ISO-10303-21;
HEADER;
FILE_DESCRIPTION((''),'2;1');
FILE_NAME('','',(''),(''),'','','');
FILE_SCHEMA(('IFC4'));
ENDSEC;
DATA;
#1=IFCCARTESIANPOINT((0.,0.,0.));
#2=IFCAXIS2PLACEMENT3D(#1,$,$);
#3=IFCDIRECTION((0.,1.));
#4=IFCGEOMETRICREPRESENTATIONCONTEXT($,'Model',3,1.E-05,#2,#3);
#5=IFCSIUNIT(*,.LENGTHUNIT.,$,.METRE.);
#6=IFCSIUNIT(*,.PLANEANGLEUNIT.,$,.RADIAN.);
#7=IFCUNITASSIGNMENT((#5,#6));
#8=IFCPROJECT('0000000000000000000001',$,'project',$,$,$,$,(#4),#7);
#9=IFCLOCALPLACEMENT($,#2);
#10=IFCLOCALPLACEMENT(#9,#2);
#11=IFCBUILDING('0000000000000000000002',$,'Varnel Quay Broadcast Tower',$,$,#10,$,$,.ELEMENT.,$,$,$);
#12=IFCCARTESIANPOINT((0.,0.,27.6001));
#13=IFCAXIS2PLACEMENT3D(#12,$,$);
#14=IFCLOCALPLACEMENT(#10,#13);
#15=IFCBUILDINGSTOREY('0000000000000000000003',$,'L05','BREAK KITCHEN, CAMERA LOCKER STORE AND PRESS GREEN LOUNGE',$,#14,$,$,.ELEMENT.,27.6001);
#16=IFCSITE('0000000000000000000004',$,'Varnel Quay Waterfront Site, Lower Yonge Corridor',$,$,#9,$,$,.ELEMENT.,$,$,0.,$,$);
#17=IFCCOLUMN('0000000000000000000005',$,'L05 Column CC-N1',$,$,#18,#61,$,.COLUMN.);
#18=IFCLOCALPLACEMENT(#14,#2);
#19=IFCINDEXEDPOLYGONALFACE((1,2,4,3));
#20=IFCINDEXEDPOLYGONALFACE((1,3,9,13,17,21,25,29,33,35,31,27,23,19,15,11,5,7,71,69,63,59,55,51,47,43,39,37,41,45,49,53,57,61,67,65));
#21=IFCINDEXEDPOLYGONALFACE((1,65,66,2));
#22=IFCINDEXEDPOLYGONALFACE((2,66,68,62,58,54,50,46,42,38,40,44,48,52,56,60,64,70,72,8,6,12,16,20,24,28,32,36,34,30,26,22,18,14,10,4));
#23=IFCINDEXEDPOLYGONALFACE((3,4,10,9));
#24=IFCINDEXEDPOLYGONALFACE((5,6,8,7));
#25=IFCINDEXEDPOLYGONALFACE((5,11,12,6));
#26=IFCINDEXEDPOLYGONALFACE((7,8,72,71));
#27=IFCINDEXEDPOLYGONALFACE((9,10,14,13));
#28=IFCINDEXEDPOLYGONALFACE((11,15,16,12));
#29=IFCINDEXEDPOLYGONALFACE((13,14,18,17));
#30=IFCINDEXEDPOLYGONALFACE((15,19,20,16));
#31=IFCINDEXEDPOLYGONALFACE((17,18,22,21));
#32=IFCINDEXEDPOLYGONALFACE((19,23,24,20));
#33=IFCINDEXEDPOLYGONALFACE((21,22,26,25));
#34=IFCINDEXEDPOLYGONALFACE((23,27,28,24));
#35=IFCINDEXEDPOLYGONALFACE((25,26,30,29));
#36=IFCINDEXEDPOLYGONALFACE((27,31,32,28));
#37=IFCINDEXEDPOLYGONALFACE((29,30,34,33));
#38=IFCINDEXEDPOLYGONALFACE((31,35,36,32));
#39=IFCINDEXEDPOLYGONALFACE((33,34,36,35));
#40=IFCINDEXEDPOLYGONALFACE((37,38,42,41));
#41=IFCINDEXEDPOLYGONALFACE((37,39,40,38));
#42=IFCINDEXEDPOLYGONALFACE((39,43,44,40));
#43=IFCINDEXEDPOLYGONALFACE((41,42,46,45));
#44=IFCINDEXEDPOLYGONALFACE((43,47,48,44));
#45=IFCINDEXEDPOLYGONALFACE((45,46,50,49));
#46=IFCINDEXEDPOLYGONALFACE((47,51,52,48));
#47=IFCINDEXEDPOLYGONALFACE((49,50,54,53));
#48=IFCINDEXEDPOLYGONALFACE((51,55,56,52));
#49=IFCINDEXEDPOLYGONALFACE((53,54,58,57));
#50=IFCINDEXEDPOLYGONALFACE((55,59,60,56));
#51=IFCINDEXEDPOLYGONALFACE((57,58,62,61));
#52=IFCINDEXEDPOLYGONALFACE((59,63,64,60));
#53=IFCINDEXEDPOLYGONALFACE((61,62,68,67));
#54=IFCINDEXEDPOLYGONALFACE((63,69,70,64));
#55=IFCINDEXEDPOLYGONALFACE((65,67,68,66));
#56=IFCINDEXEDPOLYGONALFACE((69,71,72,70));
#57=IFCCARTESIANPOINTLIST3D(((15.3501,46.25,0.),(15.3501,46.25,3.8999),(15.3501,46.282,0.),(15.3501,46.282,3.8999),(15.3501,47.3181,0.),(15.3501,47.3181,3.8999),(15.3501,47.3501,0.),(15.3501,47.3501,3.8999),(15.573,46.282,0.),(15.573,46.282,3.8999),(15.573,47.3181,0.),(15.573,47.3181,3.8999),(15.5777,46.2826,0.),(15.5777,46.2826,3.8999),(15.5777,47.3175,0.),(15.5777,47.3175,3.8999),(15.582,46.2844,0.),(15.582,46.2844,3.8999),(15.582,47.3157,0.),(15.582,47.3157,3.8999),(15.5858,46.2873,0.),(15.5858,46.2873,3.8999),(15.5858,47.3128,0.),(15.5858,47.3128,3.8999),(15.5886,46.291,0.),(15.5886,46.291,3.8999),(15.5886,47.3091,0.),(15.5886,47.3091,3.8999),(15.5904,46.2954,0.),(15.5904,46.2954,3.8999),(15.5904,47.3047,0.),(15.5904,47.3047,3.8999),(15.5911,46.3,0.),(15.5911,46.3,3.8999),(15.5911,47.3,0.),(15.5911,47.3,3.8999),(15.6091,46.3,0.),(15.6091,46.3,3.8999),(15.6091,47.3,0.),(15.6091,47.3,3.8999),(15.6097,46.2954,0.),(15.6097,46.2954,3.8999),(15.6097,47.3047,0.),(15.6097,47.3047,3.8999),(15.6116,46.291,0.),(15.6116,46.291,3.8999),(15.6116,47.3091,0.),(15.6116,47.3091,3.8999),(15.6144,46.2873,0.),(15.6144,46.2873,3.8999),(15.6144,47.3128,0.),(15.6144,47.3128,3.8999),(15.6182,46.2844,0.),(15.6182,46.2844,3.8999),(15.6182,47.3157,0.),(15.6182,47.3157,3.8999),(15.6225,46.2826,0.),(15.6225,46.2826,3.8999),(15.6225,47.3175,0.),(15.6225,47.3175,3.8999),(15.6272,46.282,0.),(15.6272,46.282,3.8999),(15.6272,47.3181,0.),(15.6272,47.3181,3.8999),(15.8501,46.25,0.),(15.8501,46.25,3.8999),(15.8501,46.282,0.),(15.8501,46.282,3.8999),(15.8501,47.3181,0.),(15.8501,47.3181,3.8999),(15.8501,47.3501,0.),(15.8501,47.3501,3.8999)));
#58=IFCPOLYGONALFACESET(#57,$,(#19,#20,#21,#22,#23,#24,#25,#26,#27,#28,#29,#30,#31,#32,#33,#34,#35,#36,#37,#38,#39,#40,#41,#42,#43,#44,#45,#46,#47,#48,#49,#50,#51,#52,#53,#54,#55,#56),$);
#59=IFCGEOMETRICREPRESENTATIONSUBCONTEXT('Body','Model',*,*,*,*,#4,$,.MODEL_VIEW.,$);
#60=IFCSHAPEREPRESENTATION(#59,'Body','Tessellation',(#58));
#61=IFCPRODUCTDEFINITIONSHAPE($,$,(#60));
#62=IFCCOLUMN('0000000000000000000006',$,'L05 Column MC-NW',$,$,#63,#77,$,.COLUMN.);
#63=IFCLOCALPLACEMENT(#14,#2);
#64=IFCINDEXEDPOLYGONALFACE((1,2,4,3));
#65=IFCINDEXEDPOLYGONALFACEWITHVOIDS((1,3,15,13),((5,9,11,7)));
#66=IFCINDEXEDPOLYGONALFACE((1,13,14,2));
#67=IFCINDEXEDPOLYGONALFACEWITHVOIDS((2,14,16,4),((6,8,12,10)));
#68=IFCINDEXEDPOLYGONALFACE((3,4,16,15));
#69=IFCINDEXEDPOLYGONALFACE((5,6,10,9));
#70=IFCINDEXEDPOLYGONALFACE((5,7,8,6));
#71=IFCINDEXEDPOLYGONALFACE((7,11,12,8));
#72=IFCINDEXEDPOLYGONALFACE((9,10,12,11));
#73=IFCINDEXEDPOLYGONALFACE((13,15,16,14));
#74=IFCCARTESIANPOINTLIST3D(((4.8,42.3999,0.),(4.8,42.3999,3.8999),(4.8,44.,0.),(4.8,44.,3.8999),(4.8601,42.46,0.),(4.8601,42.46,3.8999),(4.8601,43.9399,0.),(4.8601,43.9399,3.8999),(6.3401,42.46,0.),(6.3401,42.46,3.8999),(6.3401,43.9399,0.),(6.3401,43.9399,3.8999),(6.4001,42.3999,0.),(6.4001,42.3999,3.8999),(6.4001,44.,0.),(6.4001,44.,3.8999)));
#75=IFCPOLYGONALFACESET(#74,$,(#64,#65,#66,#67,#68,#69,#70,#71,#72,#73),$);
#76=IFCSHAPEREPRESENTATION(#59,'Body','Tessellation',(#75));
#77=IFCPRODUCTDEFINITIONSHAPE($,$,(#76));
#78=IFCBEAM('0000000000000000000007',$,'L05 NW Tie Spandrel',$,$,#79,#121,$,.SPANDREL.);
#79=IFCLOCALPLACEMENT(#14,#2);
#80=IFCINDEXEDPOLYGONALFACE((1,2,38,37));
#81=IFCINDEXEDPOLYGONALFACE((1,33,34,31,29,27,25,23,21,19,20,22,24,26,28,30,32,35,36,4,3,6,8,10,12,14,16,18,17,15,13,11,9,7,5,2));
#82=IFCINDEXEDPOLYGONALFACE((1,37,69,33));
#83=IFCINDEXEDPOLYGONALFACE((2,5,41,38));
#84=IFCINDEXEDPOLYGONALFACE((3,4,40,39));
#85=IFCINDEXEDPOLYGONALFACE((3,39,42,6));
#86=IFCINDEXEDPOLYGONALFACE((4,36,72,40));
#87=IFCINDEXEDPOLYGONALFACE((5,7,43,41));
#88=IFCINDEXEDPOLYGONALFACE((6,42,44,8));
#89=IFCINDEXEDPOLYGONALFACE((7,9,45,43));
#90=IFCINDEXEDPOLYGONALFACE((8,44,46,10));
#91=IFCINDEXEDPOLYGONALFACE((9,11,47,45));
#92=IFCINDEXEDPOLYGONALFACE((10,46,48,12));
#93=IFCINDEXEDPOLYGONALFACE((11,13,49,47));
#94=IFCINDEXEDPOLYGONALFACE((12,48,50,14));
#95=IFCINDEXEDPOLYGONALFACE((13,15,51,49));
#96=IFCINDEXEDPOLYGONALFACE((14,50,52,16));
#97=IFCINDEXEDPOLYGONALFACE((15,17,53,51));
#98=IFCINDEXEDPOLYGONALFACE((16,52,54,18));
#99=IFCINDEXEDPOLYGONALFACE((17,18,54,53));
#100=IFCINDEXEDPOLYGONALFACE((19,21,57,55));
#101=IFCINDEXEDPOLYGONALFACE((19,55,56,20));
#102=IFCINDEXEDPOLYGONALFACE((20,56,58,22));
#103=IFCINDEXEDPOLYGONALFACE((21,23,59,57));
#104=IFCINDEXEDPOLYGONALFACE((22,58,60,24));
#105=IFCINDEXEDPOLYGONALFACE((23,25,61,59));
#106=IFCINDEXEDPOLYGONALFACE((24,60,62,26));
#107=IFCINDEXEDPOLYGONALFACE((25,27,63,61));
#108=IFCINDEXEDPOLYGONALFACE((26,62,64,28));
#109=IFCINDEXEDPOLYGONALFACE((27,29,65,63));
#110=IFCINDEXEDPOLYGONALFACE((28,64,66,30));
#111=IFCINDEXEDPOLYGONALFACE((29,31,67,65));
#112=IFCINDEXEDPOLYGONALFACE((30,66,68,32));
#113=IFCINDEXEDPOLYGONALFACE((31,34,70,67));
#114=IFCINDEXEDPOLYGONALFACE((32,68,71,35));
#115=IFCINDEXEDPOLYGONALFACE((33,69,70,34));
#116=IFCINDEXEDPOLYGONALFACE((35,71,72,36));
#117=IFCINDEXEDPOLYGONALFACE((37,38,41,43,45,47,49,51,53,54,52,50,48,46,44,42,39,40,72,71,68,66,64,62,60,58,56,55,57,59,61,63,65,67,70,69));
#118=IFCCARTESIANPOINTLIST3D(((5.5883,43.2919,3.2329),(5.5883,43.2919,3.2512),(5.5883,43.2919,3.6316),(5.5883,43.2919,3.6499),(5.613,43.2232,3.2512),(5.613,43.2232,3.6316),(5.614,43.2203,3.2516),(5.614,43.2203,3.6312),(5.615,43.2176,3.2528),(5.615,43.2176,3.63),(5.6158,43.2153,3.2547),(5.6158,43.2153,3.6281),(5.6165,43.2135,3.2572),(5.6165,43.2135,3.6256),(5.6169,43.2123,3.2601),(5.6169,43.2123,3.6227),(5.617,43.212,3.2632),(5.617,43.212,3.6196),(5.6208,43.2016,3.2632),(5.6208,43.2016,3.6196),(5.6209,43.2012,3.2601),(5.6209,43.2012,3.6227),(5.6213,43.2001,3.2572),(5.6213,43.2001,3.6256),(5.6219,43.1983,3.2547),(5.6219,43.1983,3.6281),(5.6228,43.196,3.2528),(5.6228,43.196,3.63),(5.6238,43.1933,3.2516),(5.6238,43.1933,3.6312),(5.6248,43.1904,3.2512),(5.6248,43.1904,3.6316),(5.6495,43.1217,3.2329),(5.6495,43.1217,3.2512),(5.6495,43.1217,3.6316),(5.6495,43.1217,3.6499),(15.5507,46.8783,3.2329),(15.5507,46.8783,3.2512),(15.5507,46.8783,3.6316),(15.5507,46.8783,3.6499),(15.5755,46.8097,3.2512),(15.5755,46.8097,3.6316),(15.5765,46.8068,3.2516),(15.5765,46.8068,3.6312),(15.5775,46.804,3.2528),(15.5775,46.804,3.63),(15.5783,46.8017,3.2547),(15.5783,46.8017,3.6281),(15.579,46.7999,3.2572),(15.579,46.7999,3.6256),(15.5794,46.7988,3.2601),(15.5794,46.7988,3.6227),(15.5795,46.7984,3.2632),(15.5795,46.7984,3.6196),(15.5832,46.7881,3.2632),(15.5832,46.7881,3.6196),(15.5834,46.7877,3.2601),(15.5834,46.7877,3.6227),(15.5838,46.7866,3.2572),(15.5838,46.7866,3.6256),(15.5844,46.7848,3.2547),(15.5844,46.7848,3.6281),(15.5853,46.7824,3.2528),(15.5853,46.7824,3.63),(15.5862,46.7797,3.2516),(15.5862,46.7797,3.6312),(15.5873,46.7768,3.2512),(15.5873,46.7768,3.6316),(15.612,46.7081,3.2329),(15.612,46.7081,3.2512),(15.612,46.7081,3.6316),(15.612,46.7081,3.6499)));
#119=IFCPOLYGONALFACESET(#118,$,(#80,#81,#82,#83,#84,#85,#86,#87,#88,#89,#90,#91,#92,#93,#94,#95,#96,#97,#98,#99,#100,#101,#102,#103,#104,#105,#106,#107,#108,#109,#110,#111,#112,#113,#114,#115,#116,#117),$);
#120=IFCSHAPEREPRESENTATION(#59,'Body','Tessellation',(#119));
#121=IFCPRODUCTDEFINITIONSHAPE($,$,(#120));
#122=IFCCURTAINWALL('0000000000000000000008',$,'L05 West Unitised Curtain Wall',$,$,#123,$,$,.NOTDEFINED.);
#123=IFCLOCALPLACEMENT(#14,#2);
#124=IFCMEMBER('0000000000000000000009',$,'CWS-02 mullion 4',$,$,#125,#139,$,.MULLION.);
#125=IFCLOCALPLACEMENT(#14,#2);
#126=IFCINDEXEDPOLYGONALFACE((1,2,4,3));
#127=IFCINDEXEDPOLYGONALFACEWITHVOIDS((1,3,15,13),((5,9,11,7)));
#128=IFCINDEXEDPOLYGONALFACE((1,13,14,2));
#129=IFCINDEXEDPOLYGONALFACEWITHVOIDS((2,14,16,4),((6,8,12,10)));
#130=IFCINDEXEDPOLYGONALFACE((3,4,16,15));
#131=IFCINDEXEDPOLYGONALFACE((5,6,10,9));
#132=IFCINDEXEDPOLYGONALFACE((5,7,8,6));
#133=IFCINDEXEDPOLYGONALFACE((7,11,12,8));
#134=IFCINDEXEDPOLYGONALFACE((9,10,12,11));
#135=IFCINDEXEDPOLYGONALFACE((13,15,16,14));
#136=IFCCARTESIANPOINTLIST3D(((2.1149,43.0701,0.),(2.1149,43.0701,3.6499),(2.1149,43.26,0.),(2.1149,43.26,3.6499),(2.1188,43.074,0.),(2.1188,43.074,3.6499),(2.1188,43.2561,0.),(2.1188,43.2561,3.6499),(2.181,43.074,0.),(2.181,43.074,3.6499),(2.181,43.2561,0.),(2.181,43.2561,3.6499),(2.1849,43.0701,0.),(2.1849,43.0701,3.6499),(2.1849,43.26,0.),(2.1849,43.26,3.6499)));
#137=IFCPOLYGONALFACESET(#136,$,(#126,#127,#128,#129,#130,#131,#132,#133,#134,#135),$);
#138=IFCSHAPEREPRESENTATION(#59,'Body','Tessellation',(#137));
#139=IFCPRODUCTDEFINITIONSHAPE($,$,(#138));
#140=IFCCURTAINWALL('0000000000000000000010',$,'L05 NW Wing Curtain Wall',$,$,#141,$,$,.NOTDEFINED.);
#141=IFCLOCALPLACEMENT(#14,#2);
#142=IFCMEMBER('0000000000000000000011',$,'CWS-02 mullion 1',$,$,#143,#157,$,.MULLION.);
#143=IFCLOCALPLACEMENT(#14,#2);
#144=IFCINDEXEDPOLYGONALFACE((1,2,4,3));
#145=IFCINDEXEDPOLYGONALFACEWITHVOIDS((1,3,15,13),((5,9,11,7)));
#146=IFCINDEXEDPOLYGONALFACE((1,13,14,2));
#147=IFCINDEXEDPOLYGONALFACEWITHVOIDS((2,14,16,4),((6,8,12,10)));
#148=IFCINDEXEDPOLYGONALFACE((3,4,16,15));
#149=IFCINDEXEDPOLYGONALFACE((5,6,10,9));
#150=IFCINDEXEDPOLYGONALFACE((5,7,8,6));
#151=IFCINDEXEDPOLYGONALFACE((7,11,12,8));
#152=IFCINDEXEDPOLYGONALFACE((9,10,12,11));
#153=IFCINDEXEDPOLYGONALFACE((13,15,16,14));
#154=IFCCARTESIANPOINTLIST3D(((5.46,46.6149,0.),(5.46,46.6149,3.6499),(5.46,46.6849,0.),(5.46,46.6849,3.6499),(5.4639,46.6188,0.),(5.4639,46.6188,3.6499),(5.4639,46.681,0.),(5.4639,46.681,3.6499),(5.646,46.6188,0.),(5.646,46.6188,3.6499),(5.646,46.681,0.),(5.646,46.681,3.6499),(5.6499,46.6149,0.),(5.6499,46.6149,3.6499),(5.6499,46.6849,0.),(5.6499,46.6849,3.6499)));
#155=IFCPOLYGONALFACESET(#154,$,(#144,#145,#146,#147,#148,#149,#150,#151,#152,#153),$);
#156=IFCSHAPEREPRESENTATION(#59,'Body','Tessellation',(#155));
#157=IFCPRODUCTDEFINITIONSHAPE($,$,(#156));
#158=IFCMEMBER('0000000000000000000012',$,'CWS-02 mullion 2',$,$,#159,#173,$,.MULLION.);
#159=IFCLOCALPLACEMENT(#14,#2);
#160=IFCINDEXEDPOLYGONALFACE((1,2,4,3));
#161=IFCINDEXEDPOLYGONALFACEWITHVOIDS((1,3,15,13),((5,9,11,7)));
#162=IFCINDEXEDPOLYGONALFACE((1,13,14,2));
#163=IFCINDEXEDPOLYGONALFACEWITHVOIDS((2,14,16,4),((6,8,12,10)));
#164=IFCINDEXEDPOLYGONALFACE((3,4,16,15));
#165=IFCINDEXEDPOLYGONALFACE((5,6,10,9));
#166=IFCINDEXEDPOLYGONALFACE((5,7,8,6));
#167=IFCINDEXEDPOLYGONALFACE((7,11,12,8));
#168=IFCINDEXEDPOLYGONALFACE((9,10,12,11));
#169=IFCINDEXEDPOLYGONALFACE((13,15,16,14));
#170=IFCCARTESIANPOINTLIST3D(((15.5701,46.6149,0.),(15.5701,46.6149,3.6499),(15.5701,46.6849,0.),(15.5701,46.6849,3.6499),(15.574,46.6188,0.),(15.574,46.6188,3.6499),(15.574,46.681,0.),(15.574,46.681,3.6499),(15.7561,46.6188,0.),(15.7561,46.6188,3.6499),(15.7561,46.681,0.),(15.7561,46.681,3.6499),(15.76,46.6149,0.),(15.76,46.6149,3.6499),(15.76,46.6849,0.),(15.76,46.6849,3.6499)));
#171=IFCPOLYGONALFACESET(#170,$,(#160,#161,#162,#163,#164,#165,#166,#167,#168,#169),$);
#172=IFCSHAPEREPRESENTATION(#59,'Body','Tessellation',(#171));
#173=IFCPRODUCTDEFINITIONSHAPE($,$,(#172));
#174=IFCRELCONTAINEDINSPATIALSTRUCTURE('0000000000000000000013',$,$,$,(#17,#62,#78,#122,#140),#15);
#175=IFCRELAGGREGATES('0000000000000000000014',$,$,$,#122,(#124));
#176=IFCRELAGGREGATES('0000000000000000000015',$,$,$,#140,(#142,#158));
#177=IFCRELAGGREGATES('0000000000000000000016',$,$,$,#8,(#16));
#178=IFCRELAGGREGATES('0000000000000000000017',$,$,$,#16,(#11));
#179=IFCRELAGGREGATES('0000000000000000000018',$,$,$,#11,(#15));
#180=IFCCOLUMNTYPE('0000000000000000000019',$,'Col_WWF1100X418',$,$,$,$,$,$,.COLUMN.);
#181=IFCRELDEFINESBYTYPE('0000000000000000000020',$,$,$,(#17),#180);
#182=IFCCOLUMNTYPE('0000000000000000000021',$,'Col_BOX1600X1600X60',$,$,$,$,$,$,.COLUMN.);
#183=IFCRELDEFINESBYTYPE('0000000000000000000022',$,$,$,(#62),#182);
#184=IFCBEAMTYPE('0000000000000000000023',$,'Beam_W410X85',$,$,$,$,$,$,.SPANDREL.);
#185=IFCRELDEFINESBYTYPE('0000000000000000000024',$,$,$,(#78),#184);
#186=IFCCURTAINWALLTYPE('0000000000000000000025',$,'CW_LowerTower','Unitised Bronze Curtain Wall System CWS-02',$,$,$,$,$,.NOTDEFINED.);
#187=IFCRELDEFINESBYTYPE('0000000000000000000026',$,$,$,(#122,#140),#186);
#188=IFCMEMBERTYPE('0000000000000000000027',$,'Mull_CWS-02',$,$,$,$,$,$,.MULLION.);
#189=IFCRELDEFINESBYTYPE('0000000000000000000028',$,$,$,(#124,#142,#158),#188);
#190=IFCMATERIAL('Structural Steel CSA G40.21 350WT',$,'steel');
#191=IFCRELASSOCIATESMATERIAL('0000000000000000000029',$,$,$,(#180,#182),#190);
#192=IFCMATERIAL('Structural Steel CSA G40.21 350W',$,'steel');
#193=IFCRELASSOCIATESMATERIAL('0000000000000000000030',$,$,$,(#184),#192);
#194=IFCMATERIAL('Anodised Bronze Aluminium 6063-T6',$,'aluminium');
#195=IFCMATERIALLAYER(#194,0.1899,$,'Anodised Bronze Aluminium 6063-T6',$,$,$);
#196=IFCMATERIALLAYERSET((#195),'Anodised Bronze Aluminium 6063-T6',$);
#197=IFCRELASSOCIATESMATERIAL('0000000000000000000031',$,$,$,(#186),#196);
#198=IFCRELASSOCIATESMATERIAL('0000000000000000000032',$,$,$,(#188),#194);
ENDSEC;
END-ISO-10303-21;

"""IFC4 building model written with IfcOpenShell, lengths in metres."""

from ifc_helpers import new_model, si_unit, direction, frame, origin, origin_2d, place, context, subcontext, project, spatial, hollow_rectangle, i_section, extrude, source, transform, mapped, material, layer, layer_set, material_profile, profile_set, type_object, type_shapes, element, aggregate, save


model = new_model("IFC4")

# Units and contexts
model_context = context("Model", 3, precision=1e-05, world=origin(), true_north=direction((0.0, 1.0)))
body_context = subcontext(model_context, "Body", "Model", "MODEL_VIEW")
ifc_project = project(units=[si_unit("LENGTHUNIT", "METRE"), si_unit("PLANEANGLEUNIT", "RADIAN")], contexts=[model_context])

# Site, building, storey
site_placement = place(None, origin())
site = spatial("IfcSite", under=ifc_project, at=site_placement, Name="Varnel Quay Waterfront Site, Lower Yonge Corridor", CompositionType="ELEMENT", RefElevation=0.0)
building_placement = place(site_placement, origin())
building = spatial("IfcBuilding", under=site, at=building_placement, Name="Varnel Quay Broadcast Tower", CompositionType="ELEMENT")
storey_placement = place(building_placement, frame((0.0, 0.0, 27.6001)))
storey = spatial("IfcBuildingStorey", under=building, at=storey_placement, Name="L05", Description="BREAK KITCHEN, CAMERA LOCKER STORE AND PRESS GREEN LOUNGE", CompositionType="ELEMENT", Elevation=27.6001)

# Columns
ifc_material_1 = material(Name="Structural Steel CSA G40.21 350WT", Category="steel")
ifc_material_profile_1 = material_profile(ifc_material_1, i_section(OverallWidth=0.5, OverallDepth=1.1001, WebThickness=0.0181, FlangeThickness=0.032, FilletRadius=0.0181, at=origin_2d()), Name="WWF1100X418")
ifc_profile_set_1 = profile_set([ifc_material_profile_1], Name="Structural Steel CSA G40.21 350WT")
column_type_1 = type_object("IfcColumnType", Name="Col_WWF1100X418", PredefinedType="COLUMN", material=ifc_profile_set_1)
shared_shape_1 = source(origin(), body_context, "Body", "SweptSolid", [
    extrude(i_section(OverallWidth=0.5, OverallDepth=1.1001, WebThickness=0.0181, FlangeThickness=0.032, FilletRadius=0.0181, at=origin_2d()), origin(), (0.0, 0.0, 1.0), 3.8999),
])
type_shapes(column_type_1, [shared_shape_1])
column_1_placement = place(storey_placement, frame((15.6001, 46.8, 0.0), z_axis=(0.0, 0.0, 1.0), x_axis=(1.0, 0.0, 0.0)))
element("IfcColumn", 1, at=column_1_placement, inside=storey, type_object=column_type_1, Name="L05 Column CC-N1", PredefinedType="COLUMN", context=body_context, shape_type="MappedRepresentation", body=[
    mapped(shared_shape_1, transform((0.0, 0.0, 0.0), x_axis=(1.0, 0.0, 0.0), y_axis=(0.0, 1.0, 0.0), z_axis=(0.0, 0.0, 1.0), scale=1.0)),
])
ifc_material_profile_2 = material_profile(ifc_material_1, hollow_rectangle(XDim=1.6001, YDim=1.6001, WallThickness=0.0601, at=origin_2d()), Name="BOX1600X1600X60")
ifc_profile_set_2 = profile_set([ifc_material_profile_2], Name="Structural Steel CSA G40.21 350WT")
column_type_2 = type_object("IfcColumnType", Name="Col_BOX1600X1600X60", PredefinedType="COLUMN", material=ifc_profile_set_2)
shared_shape_2 = source(origin(), body_context, "Body", "SweptSolid", [
    extrude(hollow_rectangle(XDim=1.6001, YDim=1.6001, WallThickness=0.0601, at=origin_2d()), origin(), (0.0, 0.0, 1.0), 3.8999),
])
type_shapes(column_type_2, [shared_shape_2])
column_2_placement = place(storey_placement, frame((5.6001, 43.2, 0.0), z_axis=(0.0, 0.0, 1.0), x_axis=(1.0, 0.0, 0.0)))
element("IfcColumn", 2, at=column_2_placement, inside=storey, type_object=column_type_2, Name="L05 Column MC-NW", PredefinedType="COLUMN", context=body_context, shape_type="MappedRepresentation", body=[
    mapped(shared_shape_2, transform((0.0, 0.0, 0.0), x_axis=(1.0, 0.0, 0.0), y_axis=(0.0, 1.0, 0.0), z_axis=(0.0, 0.0, 1.0), scale=1.0)),
])

# Beam
ifc_material_2 = material(Name="Structural Steel CSA G40.21 350W", Category="steel")
ifc_material_profile_3 = material_profile(ifc_material_2, i_section(OverallWidth=0.1809, OverallDepth=0.417, WebThickness=0.011, FlangeThickness=0.0183, FilletRadius=0.012, at=origin_2d()), Name="W410X85")
ifc_profile_set_3 = profile_set([ifc_material_profile_3], Name="Structural Steel CSA G40.21 350W")
beam_type = type_object("IfcBeamType", Name="Beam_W410X85", PredefinedType="SPANDREL", material=ifc_profile_set_3)
shared_shape_3 = source(origin(), body_context, "Body", "SweptSolid", [
    extrude(i_section(OverallWidth=0.1809, OverallDepth=0.417, WebThickness=0.011, FlangeThickness=0.0183, FilletRadius=0.012, at=origin_2d()), origin(), (0.0, 0.0, 1.0), 10.5884),
])
type_shapes(beam_type, [shared_shape_3])
beam_placement = place(storey_placement, frame((5.6189, 43.2068, 3.4414), z_axis=(0.940889, 0.338716, 0.0), x_axis=(-0.338716, 0.940889, 0.0)))
element("IfcBeam", 3, at=beam_placement, inside=storey, type_object=beam_type, Name="L05 NW Tie Spandrel", PredefinedType="SPANDREL", context=body_context, shape_type="MappedRepresentation", body=[
    mapped(shared_shape_3, transform((0.0, 0.0, 0.0), x_axis=(1.0, 0.0, 0.0), y_axis=(0.0, 1.0, 0.0), z_axis=(0.0, 0.0, 1.0), scale=1.0)),
])

# Curtain wall, member
ifc_material_3 = material(Name="Anodised Bronze Aluminium 6063-T6", Category="aluminium")
ifc_layer_1 = layer(ifc_material_3, 0.1899, Name="Anodised Bronze Aluminium 6063-T6")
ifc_layer_set_1 = layer_set([ifc_layer_1], Name="Anodised Bronze Aluminium 6063-T6")
curtain_wall_type = type_object("IfcCurtainWallType", Name="CW_LowerTower", Description="Unitised Bronze Curtain Wall System CWS-02", PredefinedType="NOTDEFINED", material=ifc_layer_set_1)
curtain_wall_1_placement = place(storey_placement, origin())
curtain_wall_1 = element("IfcCurtainWall", 4, at=curtain_wall_1_placement, inside=storey, type_object=curtain_wall_type, Name="L05 West Unitised Curtain Wall", PredefinedType="NOTDEFINED")
ifc_material_profile_4 = material_profile(ifc_material_3, hollow_rectangle(XDim=0.0701, YDim=0.1899, WallThickness=0.0039, at=origin_2d()), Name="ALU70X190X4")
ifc_profile_set_4 = profile_set([ifc_material_profile_4], Name="Anodised Bronze Aluminium 6063-T6")
member_type_1 = type_object("IfcMemberType", Name="Mull_CWS-02", PredefinedType="MULLION", material=ifc_profile_set_4)
shared_shape_4 = source(origin(), body_context, "Body", "SweptSolid", [
    extrude(hollow_rectangle(XDim=0.0701, YDim=0.1899, WallThickness=0.0039, at=origin_2d()), origin(), (0.0, 0.0, 1.0), 3.6499),
])
type_shapes(member_type_1, [shared_shape_4])
member_1_placement = place(storey_placement, frame((2.1499, 43.165, 0.0), z_axis=(0.0, 0.0, 1.0), x_axis=(-1.0, 0.0, 0.0)))
member_1 = element("IfcMember", 5, at=member_1_placement, type_object=member_type_1, Name="CWS-02 mullion 4", PredefinedType="MULLION", context=body_context, shape_type="MappedRepresentation", body=[
    mapped(shared_shape_4, transform((0.0, 0.0, 0.0), x_axis=(1.0, 0.0, 0.0), y_axis=(0.0, 1.0, 0.0), z_axis=(0.0, 0.0, 1.0), scale=1.0)),
])

# Curtain wall, members
curtain_wall_2_placement = place(storey_placement, origin())
curtain_wall_2 = element("IfcCurtainWall", 6, at=curtain_wall_2_placement, inside=storey, type_object=curtain_wall_type, Name="L05 NW Wing Curtain Wall", PredefinedType="NOTDEFINED")
member_2_placement = place(storey_placement, frame((5.5549, 46.6499, 0.0), z_axis=(0.0, 0.0, 1.0), x_axis=(0.0, 1.0, 0.0)))
member_2 = element("IfcMember", 7, at=member_2_placement, type_object=member_type_1, Name="CWS-02 mullion 1", PredefinedType="MULLION", context=body_context, shape_type="MappedRepresentation", body=[
    mapped(shared_shape_4, transform((0.0, 0.0, 0.0), x_axis=(1.0, 0.0, 0.0), y_axis=(0.0, 1.0, 0.0), z_axis=(0.0, 0.0, 1.0), scale=1.0)),
])
member_3_placement = place(storey_placement, frame((15.665, 46.6499, 0.0), z_axis=(0.0, 0.0, 1.0), x_axis=(0.0, 1.0, 0.0)))
member_3 = element("IfcMember", 8, at=member_3_placement, type_object=member_type_1, Name="CWS-02 mullion 2", PredefinedType="MULLION", context=body_context, shape_type="MappedRepresentation", body=[
    mapped(shared_shape_4, transform((0.0, 0.0, 0.0), x_axis=(1.0, 0.0, 0.0), y_axis=(0.0, 1.0, 0.0), z_axis=(0.0, 0.0, 1.0), scale=1.0)),
])

aggregate(curtain_wall_1, [member_1])
aggregate(curtain_wall_2, [member_2, member_3])

save(model, "model.ifc")
